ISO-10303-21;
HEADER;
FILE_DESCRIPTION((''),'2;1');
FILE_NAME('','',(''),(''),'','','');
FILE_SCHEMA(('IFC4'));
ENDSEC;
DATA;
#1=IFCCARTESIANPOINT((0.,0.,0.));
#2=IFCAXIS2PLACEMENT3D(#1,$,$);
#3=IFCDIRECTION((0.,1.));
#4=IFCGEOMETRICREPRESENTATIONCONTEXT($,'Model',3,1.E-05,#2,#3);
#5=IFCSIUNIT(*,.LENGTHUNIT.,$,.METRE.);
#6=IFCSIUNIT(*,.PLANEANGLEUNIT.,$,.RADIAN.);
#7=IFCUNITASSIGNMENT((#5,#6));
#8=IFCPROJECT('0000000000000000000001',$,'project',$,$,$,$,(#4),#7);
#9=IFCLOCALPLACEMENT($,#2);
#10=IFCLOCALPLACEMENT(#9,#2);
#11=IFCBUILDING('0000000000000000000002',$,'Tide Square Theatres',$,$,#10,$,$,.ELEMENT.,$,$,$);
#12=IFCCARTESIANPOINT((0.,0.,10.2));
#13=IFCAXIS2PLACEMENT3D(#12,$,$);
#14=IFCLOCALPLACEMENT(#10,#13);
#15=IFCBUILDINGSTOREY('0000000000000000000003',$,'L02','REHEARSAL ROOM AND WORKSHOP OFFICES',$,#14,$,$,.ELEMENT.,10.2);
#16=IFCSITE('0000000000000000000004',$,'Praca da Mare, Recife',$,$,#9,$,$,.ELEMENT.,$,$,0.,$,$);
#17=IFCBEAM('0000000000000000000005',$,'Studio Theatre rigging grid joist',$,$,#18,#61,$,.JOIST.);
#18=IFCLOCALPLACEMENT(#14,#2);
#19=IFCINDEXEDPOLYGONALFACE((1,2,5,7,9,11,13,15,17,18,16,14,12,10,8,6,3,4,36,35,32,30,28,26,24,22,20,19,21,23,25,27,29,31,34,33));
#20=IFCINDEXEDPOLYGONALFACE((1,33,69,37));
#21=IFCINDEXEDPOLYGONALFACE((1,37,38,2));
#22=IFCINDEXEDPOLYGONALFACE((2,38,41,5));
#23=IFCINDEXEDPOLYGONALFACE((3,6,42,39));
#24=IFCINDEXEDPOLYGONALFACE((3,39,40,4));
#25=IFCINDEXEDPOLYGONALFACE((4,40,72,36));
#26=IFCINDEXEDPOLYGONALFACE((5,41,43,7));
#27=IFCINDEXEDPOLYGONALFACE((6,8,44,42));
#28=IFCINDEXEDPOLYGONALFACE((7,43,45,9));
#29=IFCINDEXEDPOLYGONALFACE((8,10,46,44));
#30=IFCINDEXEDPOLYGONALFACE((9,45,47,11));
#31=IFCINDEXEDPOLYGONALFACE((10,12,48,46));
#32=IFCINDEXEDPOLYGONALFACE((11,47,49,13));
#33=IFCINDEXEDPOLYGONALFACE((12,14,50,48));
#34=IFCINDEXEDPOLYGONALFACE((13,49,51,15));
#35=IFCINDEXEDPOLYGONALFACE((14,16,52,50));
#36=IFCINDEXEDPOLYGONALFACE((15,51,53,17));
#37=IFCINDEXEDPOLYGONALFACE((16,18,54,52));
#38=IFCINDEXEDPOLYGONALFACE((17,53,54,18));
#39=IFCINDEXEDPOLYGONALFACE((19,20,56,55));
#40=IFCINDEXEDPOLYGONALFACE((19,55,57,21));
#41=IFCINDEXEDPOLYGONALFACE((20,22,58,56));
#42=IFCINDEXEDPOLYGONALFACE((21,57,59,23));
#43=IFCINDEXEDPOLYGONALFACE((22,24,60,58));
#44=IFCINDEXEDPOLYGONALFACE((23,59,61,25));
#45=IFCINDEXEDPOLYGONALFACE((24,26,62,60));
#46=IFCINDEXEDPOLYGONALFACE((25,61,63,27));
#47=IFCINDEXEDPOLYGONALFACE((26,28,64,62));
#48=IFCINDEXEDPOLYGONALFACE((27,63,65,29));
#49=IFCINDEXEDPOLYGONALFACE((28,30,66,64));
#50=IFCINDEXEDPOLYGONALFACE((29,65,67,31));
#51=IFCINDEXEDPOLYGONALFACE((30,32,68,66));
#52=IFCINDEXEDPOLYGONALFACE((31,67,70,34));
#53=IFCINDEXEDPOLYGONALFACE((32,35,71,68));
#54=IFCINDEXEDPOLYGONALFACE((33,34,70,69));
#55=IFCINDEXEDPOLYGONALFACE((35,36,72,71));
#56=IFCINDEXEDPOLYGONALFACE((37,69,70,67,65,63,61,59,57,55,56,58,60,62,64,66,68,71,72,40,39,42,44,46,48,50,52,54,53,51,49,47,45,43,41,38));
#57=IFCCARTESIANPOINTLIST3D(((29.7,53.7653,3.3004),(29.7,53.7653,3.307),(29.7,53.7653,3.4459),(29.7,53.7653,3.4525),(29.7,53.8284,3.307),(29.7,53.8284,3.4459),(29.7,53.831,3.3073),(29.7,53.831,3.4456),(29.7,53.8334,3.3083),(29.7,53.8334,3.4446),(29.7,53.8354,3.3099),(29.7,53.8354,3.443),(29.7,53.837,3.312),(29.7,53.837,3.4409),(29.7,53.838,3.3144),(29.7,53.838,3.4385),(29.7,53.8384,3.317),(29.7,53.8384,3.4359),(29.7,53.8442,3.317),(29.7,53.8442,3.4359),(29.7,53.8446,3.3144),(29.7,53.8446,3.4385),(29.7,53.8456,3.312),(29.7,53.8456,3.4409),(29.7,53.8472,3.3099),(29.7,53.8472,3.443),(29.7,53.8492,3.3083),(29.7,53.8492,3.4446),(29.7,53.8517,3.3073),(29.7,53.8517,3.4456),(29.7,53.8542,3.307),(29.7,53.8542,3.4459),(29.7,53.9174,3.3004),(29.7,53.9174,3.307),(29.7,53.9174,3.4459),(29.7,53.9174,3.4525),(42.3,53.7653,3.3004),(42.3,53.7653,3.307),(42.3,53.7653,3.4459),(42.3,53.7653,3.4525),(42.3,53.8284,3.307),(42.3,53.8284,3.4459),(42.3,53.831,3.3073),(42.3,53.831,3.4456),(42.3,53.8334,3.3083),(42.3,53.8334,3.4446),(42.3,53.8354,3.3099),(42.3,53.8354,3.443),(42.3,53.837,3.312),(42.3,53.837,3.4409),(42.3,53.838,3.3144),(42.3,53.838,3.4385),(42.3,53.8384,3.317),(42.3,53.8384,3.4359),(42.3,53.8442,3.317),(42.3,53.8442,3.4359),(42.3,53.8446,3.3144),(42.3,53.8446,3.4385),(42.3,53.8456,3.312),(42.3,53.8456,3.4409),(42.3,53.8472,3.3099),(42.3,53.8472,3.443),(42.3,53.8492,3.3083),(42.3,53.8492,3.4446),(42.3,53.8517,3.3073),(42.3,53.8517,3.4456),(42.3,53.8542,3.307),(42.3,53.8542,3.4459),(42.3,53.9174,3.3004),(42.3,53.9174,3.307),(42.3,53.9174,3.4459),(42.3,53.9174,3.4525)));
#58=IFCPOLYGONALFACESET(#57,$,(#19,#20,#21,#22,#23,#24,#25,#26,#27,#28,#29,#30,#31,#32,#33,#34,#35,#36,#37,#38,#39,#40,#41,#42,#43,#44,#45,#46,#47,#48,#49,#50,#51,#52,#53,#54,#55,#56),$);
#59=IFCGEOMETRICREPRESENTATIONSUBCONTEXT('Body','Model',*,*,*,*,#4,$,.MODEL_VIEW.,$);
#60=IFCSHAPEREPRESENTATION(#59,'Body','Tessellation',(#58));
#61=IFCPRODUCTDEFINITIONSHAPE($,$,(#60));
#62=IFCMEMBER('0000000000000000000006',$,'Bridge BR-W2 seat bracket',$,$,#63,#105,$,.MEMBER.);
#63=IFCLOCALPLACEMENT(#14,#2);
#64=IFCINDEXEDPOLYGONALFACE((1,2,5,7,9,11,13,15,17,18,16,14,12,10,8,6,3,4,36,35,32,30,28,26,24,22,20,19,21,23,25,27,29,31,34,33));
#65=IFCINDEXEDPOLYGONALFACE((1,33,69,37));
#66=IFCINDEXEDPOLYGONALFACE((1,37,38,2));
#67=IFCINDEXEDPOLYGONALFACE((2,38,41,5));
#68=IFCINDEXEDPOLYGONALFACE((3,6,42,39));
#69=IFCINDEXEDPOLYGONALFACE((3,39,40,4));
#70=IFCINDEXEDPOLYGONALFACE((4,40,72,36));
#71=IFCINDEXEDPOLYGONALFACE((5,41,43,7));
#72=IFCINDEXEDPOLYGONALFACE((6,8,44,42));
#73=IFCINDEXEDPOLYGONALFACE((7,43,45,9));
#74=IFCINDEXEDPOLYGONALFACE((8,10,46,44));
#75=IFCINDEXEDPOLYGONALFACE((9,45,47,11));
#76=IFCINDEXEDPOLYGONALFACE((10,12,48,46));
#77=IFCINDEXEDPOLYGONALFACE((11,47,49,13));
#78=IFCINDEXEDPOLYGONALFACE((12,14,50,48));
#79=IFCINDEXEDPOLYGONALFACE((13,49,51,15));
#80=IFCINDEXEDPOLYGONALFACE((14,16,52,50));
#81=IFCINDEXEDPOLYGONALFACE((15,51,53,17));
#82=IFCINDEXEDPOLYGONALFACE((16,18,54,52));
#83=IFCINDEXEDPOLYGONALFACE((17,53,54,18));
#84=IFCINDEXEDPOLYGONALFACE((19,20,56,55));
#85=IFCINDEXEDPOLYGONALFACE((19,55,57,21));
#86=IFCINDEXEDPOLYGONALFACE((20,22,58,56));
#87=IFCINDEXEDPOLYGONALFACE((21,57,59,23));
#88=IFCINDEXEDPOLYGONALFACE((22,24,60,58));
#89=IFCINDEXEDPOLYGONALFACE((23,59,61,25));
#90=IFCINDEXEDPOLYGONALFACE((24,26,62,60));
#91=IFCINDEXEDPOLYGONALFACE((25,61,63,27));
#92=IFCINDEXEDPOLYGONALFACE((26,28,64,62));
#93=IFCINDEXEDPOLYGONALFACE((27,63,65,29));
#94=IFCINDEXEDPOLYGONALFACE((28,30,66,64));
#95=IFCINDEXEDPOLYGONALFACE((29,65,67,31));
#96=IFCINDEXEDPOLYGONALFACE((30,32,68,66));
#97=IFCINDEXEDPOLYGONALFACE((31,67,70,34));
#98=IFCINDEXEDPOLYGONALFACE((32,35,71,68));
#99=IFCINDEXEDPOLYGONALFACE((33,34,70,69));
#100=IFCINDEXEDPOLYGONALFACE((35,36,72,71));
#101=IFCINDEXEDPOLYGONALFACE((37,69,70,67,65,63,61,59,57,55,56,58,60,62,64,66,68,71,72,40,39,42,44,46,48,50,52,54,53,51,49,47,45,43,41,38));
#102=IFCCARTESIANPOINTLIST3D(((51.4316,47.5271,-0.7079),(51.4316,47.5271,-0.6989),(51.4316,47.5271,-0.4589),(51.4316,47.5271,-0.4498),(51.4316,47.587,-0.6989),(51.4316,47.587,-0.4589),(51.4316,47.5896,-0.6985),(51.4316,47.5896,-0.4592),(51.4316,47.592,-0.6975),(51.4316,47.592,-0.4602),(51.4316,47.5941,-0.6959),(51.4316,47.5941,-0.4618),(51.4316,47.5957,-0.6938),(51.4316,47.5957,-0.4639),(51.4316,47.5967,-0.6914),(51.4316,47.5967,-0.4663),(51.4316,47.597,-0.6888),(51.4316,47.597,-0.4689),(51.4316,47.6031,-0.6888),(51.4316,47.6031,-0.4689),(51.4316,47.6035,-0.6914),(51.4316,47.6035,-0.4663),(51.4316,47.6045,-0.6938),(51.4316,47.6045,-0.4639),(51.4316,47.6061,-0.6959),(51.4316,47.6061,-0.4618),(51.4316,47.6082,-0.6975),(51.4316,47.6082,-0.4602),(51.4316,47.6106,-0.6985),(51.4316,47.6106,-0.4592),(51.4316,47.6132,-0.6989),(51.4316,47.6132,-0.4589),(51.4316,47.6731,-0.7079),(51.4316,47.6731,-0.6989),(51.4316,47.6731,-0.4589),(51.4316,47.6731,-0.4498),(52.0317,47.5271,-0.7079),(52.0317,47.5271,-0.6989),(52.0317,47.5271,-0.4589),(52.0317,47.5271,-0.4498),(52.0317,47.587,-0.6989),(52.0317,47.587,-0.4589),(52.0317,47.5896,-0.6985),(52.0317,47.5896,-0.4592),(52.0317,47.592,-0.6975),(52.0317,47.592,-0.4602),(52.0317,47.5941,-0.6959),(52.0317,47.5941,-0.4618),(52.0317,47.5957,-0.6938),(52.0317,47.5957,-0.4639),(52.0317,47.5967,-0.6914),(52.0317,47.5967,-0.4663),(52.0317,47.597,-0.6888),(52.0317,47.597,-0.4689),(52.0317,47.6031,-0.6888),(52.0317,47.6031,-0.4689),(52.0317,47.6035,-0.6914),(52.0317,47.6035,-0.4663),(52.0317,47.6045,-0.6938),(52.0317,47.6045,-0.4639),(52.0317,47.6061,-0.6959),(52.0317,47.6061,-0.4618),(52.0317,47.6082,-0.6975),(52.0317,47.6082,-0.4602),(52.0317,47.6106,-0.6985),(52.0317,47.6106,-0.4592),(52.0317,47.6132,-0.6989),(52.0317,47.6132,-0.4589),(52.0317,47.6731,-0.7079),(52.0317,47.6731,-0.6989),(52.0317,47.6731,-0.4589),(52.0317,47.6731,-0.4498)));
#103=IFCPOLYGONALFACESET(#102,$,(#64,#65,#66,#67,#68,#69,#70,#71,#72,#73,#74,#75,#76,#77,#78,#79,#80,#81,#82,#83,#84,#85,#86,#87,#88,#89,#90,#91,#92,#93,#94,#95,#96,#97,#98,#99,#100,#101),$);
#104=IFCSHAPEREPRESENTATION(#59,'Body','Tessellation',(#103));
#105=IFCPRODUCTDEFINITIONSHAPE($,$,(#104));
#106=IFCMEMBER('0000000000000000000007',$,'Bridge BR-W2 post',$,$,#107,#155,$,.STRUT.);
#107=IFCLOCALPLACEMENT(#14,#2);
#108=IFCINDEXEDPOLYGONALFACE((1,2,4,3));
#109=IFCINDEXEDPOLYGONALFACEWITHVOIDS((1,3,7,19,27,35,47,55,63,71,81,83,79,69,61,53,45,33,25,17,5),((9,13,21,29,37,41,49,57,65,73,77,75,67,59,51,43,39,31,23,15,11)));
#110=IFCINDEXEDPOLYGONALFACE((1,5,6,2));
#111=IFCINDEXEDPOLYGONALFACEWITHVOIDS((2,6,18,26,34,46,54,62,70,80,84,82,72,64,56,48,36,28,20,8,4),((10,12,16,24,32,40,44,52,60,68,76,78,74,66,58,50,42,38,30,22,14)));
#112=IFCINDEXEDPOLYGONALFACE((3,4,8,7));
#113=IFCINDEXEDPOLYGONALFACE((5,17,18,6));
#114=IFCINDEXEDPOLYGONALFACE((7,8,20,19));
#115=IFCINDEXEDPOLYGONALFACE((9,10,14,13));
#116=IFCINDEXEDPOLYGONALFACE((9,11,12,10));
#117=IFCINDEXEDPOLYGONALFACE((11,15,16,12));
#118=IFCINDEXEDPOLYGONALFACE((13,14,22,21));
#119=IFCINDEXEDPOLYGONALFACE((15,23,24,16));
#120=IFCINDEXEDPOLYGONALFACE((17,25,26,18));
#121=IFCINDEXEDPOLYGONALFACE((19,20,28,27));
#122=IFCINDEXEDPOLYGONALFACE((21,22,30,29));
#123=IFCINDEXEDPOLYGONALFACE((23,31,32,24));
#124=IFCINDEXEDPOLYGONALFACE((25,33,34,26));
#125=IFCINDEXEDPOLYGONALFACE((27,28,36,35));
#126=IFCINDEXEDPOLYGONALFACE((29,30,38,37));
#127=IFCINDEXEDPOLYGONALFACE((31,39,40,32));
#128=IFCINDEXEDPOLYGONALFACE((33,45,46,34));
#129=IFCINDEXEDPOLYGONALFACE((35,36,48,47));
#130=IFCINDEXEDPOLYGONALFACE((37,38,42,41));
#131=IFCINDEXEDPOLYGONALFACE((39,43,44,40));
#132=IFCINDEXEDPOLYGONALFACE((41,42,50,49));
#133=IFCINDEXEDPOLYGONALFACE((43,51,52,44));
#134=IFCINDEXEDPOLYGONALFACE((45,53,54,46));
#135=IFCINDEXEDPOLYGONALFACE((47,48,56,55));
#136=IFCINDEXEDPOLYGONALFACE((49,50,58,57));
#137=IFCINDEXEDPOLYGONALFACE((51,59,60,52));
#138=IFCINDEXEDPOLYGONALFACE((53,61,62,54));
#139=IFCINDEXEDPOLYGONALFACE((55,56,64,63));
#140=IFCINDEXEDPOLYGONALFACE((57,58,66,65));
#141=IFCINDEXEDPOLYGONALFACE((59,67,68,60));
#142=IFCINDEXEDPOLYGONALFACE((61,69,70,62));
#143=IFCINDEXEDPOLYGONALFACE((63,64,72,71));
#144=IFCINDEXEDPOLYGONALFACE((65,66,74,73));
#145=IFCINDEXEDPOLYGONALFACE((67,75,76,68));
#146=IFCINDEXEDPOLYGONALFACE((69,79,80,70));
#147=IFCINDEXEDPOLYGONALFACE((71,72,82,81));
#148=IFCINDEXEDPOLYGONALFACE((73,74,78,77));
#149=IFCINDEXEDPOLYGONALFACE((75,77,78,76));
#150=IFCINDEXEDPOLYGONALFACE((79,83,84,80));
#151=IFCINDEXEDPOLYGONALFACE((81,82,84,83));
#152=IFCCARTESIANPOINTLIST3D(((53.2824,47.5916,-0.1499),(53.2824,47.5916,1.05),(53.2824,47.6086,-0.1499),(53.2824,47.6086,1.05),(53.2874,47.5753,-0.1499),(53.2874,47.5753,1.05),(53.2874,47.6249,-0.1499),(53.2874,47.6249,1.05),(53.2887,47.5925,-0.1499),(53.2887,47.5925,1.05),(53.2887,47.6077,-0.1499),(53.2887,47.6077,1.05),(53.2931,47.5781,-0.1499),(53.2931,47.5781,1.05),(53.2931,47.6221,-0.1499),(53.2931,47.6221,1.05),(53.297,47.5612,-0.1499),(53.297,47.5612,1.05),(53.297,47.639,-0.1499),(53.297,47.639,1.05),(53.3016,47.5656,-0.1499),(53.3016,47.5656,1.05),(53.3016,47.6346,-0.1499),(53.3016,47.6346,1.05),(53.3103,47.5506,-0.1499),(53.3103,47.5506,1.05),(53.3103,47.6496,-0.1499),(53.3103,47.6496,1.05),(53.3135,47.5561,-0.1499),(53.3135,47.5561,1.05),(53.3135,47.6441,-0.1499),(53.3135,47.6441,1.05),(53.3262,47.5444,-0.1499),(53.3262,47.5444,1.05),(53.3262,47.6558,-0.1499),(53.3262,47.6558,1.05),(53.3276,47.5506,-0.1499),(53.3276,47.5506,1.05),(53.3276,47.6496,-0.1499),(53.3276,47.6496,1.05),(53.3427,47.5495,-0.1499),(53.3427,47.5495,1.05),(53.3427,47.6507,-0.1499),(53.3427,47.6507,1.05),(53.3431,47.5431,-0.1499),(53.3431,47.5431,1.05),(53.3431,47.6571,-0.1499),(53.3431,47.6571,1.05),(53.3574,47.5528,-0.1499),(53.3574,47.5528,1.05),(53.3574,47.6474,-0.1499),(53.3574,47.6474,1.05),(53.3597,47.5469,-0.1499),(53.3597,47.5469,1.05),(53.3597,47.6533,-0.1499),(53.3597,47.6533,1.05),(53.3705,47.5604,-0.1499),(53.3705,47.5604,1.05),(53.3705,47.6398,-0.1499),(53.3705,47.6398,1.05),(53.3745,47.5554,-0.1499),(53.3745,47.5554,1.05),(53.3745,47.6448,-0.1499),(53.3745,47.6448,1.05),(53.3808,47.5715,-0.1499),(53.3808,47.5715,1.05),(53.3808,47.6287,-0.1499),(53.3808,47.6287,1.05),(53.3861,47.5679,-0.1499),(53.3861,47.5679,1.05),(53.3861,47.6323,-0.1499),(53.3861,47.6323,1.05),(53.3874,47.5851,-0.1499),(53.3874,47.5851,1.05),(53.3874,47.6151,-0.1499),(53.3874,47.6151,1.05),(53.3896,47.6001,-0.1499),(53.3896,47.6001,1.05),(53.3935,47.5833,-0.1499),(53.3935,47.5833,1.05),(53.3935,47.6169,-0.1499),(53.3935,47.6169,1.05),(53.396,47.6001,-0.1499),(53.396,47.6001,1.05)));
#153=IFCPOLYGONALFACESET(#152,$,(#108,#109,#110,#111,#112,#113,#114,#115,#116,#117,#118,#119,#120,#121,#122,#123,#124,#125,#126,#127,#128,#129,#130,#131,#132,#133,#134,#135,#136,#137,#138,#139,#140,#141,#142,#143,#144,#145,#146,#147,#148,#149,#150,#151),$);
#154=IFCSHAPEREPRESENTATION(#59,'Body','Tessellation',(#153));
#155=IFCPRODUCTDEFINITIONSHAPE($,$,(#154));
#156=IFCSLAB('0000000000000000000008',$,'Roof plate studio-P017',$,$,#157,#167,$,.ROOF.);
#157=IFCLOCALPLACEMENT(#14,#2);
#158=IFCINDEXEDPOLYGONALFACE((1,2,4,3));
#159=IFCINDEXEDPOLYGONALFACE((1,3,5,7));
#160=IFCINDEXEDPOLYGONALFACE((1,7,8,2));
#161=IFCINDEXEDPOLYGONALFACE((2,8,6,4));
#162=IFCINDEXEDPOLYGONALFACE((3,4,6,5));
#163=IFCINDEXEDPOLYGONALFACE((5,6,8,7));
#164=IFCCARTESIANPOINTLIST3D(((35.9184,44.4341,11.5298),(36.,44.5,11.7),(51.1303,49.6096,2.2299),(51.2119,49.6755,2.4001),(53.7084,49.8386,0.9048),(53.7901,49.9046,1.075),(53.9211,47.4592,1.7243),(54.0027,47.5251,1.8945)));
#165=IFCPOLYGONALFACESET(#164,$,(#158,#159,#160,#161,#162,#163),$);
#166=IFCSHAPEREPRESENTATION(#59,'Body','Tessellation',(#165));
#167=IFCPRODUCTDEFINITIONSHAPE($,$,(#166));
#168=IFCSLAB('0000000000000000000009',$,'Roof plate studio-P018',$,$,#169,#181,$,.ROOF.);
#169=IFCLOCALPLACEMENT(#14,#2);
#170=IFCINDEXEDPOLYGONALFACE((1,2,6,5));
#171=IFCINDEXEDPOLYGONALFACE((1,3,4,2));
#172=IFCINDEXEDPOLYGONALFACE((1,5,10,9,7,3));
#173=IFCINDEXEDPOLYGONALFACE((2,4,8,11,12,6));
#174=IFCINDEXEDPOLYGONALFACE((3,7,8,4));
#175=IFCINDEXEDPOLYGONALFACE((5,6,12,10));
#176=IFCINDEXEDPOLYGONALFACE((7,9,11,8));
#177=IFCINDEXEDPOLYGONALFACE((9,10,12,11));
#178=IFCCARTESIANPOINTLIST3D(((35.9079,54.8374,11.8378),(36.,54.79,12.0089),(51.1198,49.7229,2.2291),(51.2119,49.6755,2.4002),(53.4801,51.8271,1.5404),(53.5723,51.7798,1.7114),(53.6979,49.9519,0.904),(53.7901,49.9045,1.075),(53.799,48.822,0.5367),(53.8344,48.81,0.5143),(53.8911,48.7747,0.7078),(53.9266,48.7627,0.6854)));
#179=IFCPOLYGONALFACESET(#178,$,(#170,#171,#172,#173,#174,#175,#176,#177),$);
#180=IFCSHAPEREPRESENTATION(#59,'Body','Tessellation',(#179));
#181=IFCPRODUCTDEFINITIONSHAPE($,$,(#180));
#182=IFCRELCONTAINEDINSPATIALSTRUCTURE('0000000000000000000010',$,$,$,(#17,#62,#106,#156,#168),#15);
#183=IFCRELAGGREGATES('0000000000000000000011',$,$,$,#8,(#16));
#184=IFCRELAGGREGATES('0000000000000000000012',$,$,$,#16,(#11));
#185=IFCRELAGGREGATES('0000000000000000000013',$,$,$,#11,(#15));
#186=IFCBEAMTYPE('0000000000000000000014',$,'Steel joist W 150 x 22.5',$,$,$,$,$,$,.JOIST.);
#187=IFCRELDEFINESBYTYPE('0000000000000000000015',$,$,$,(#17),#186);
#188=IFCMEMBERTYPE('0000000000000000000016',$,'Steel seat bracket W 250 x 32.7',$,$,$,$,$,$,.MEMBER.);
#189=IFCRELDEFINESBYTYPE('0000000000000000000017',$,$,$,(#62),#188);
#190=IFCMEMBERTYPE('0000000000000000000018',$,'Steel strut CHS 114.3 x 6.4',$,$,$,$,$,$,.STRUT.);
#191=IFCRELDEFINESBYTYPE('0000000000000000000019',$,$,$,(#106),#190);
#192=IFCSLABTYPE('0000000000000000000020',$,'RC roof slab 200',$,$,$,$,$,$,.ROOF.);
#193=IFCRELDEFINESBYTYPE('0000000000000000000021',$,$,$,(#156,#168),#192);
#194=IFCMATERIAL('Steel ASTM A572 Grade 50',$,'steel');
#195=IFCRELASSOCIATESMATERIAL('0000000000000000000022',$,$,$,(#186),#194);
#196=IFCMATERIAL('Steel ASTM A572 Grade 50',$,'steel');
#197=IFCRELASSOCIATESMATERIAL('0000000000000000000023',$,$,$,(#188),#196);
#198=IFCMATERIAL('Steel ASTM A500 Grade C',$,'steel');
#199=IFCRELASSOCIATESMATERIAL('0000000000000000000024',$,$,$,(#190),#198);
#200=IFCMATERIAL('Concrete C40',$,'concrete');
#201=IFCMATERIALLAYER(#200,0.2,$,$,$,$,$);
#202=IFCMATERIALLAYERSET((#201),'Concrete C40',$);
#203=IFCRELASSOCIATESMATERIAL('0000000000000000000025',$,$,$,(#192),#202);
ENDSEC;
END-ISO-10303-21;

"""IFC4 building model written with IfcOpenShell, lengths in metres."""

from ifc_helpers import new_model, si_unit, direction, frame, origin, origin_2d, place, context, subcontext, project, spatial, polyline, hollow_circle, i_section, outline, extrude, material, layer, layer_set, material_profile, profile_set, type_object, element, save


model = new_model("IFC4")

# Units and contexts
model_context = context("Model", 3, precision=1e-05, world=origin(), true_north=direction((0.0, 1.0)))
body_context = subcontext(model_context, "Body", "Model", "MODEL_VIEW")
ifc_project = project(units=[si_unit("LENGTHUNIT", "METRE"), si_unit("PLANEANGLEUNIT", "RADIAN")], contexts=[model_context])

# Site, building, storey
site_placement = place(None, origin())
site = spatial("IfcSite", under=ifc_project, at=site_placement, Name="Praca da Mare, Recife", CompositionType="ELEMENT", RefElevation=0.0)
building_placement = place(site_placement, origin())
building = spatial("IfcBuilding", under=site, at=building_placement, Name="Tide Square Theatres", CompositionType="ELEMENT")
storey_placement = place(building_placement, frame((0.0, 0.0, 10.2)))
storey = spatial("IfcBuildingStorey", under=building, at=storey_placement, Name="L02", Description="REHEARSAL ROOM AND WORKSHOP OFFICES", CompositionType="ELEMENT", Elevation=10.2)

# Beam
ifc_material_1 = material(Name="Steel ASTM A572 Grade 50", Category="steel")
ifc_material_profile_1 = material_profile(ifc_material_1, i_section(OverallWidth=0.1521, OverallDepth=0.1521, WebThickness=0.0059, FlangeThickness=0.0066, FilletRadius=0.01, at=origin_2d()))
ifc_profile_set_1 = profile_set([ifc_material_profile_1], Name="Steel ASTM A572 Grade 50")
beam_type = type_object("IfcBeamType", Name="Steel joist W 150 x 22.5", PredefinedType="JOIST", material=ifc_profile_set_1)
for number, where, z_axis, x_axis, name in (
    (1, (42.3, 53.8413, 3.3765), (-1.0, 0.0, 0.0), (0.0, -1.0, 0.0), "Studio Theatre rigging grid joist"),
):
    element("IfcBeam", number, at=place(storey_placement, frame(where, z_axis=z_axis, x_axis=x_axis)), inside=storey, type_object=beam_type, Name=name, PredefinedType="JOIST", context=body_context, shape_type="SweptSolid", body=[
        extrude(i_section(OverallWidth=0.1521, OverallDepth=0.1521, WebThickness=0.0059, FlangeThickness=0.0066, FilletRadius=0.01, at=origin_2d()), origin(), (0.0, 0.0, 1.0), 12.6001),
    ])

# Members
ifc_material_2 = material(Name="Steel ASTM A572 Grade 50", Category="steel")
ifc_material_profile_2 = material_profile(ifc_material_2, i_section(OverallWidth=0.146, OverallDepth=0.2581, WebThickness=0.0061, FlangeThickness=0.009, FilletRadius=0.01, at=origin_2d()))
ifc_profile_set_2 = profile_set([ifc_material_profile_2], Name="Steel ASTM A572 Grade 50")
member_type_1 = type_object("IfcMemberType", Name="Steel seat bracket W 250 x 32.7", PredefinedType="MEMBER", material=ifc_profile_set_2)
member_1_placement = place(storey_placement, frame((51.4316, 47.6001, -0.5789), z_axis=(1.0, 0.0, 0.0), x_axis=(0.0, 1.0, 0.0)))
element("IfcMember", 2, at=member_1_placement, inside=storey, type_object=member_type_1, Name="Bridge BR-W2 seat bracket", PredefinedType="MEMBER", context=body_context, shape_type="SweptSolid", body=[
    extrude(i_section(OverallWidth=0.146, OverallDepth=0.2581, WebThickness=0.0061, FlangeThickness=0.009, FilletRadius=0.01, at=origin_2d()), origin(), (0.0, 0.0, 1.0), 0.6001),
])
ifc_material_3 = material(Name="Steel ASTM A500 Grade C", Category="steel")
ifc_material_profile_3 = material_profile(ifc_material_3, hollow_circle(Radius=0.0571, WallThickness=0.0063, at=origin_2d()))
ifc_profile_set_3 = profile_set([ifc_material_profile_3], Name="Steel ASTM A500 Grade C")
member_type_2 = type_object("IfcMemberType", Name="Steel strut CHS 114.3 x 6.4", PredefinedType="STRUT", material=ifc_profile_set_3)
member_2_placement = place(storey_placement, frame((53.3389, 47.6001, -0.1499), z_axis=(0.0, 0.0, 1.0), x_axis=(1.0, 0.0, 0.0)))
element("IfcMember", 3, at=member_2_placement, inside=storey, type_object=member_type_2, Name="Bridge BR-W2 post", PredefinedType="STRUT", context=body_context, shape_type="SweptSolid", body=[
    extrude(hollow_circle(Radius=0.0571, WallThickness=0.0063, at=origin_2d()), origin(), (0.0, 0.0, 1.0), 1.2),
])

# Slabs
ifc_material_4 = material(Name="Concrete C40", Category="concrete")
ifc_layer_1 = layer(ifc_material_4, 0.2)
ifc_layer_set_1 = layer_set([ifc_layer_1], Name="Concrete C40")
slab_type = type_object("IfcSlabType", Name="RC roof slab 200", PredefinedType="ROOF", material=ifc_layer_set_1)
slab_1_placement = place(storey_placement, frame((51.2119, 49.6755, 2.4001), z_axis=(0.408255, 0.329678, 0.851258), x_axis=(-0.819367, -0.278772, 0.500923)))
element("IfcSlab", 4, at=slab_1_placement, inside=storey, type_object=slab_type, Name="Roof plate studio-P017", PredefinedType="ROOF", context=body_context, shape_type="SweptSolid", body=[
    extrude(outline(polyline([(0.0, 0.0), (18.5654, 0.0), (-1.9405, 2.9838), (-2.8401, 0.6239), (0.0, 0.0)])), origin(), (0.0, 0.0, -1.0), 0.2),
])
slab_2_placement = place(storey_placement, frame((53.5723, 51.7798, 1.7114), z_axis=(0.460697, -0.236797, 0.855386), x_axis=(-0.853502, 0.14621, 0.500157)))
element("IfcSlab", 5, at=slab_2_placement, inside=storey, type_object=slab_type, Name="Roof plate studio-P018", PredefinedType="ROOF", context=body_context, shape_type="SweptSolid", body=[
    extrude(outline(polyline([(0.0, 0.0), (20.5884, 0.0), (2.0514, 2.5031), (-0.7784, 1.8339), (-1.2135, 2.944), (-1.2567, 2.9499), (0.0, 0.0)])), origin(), (0.0, 0.0, -1.0), 0.2),
])

save(model, "model.ifc")
